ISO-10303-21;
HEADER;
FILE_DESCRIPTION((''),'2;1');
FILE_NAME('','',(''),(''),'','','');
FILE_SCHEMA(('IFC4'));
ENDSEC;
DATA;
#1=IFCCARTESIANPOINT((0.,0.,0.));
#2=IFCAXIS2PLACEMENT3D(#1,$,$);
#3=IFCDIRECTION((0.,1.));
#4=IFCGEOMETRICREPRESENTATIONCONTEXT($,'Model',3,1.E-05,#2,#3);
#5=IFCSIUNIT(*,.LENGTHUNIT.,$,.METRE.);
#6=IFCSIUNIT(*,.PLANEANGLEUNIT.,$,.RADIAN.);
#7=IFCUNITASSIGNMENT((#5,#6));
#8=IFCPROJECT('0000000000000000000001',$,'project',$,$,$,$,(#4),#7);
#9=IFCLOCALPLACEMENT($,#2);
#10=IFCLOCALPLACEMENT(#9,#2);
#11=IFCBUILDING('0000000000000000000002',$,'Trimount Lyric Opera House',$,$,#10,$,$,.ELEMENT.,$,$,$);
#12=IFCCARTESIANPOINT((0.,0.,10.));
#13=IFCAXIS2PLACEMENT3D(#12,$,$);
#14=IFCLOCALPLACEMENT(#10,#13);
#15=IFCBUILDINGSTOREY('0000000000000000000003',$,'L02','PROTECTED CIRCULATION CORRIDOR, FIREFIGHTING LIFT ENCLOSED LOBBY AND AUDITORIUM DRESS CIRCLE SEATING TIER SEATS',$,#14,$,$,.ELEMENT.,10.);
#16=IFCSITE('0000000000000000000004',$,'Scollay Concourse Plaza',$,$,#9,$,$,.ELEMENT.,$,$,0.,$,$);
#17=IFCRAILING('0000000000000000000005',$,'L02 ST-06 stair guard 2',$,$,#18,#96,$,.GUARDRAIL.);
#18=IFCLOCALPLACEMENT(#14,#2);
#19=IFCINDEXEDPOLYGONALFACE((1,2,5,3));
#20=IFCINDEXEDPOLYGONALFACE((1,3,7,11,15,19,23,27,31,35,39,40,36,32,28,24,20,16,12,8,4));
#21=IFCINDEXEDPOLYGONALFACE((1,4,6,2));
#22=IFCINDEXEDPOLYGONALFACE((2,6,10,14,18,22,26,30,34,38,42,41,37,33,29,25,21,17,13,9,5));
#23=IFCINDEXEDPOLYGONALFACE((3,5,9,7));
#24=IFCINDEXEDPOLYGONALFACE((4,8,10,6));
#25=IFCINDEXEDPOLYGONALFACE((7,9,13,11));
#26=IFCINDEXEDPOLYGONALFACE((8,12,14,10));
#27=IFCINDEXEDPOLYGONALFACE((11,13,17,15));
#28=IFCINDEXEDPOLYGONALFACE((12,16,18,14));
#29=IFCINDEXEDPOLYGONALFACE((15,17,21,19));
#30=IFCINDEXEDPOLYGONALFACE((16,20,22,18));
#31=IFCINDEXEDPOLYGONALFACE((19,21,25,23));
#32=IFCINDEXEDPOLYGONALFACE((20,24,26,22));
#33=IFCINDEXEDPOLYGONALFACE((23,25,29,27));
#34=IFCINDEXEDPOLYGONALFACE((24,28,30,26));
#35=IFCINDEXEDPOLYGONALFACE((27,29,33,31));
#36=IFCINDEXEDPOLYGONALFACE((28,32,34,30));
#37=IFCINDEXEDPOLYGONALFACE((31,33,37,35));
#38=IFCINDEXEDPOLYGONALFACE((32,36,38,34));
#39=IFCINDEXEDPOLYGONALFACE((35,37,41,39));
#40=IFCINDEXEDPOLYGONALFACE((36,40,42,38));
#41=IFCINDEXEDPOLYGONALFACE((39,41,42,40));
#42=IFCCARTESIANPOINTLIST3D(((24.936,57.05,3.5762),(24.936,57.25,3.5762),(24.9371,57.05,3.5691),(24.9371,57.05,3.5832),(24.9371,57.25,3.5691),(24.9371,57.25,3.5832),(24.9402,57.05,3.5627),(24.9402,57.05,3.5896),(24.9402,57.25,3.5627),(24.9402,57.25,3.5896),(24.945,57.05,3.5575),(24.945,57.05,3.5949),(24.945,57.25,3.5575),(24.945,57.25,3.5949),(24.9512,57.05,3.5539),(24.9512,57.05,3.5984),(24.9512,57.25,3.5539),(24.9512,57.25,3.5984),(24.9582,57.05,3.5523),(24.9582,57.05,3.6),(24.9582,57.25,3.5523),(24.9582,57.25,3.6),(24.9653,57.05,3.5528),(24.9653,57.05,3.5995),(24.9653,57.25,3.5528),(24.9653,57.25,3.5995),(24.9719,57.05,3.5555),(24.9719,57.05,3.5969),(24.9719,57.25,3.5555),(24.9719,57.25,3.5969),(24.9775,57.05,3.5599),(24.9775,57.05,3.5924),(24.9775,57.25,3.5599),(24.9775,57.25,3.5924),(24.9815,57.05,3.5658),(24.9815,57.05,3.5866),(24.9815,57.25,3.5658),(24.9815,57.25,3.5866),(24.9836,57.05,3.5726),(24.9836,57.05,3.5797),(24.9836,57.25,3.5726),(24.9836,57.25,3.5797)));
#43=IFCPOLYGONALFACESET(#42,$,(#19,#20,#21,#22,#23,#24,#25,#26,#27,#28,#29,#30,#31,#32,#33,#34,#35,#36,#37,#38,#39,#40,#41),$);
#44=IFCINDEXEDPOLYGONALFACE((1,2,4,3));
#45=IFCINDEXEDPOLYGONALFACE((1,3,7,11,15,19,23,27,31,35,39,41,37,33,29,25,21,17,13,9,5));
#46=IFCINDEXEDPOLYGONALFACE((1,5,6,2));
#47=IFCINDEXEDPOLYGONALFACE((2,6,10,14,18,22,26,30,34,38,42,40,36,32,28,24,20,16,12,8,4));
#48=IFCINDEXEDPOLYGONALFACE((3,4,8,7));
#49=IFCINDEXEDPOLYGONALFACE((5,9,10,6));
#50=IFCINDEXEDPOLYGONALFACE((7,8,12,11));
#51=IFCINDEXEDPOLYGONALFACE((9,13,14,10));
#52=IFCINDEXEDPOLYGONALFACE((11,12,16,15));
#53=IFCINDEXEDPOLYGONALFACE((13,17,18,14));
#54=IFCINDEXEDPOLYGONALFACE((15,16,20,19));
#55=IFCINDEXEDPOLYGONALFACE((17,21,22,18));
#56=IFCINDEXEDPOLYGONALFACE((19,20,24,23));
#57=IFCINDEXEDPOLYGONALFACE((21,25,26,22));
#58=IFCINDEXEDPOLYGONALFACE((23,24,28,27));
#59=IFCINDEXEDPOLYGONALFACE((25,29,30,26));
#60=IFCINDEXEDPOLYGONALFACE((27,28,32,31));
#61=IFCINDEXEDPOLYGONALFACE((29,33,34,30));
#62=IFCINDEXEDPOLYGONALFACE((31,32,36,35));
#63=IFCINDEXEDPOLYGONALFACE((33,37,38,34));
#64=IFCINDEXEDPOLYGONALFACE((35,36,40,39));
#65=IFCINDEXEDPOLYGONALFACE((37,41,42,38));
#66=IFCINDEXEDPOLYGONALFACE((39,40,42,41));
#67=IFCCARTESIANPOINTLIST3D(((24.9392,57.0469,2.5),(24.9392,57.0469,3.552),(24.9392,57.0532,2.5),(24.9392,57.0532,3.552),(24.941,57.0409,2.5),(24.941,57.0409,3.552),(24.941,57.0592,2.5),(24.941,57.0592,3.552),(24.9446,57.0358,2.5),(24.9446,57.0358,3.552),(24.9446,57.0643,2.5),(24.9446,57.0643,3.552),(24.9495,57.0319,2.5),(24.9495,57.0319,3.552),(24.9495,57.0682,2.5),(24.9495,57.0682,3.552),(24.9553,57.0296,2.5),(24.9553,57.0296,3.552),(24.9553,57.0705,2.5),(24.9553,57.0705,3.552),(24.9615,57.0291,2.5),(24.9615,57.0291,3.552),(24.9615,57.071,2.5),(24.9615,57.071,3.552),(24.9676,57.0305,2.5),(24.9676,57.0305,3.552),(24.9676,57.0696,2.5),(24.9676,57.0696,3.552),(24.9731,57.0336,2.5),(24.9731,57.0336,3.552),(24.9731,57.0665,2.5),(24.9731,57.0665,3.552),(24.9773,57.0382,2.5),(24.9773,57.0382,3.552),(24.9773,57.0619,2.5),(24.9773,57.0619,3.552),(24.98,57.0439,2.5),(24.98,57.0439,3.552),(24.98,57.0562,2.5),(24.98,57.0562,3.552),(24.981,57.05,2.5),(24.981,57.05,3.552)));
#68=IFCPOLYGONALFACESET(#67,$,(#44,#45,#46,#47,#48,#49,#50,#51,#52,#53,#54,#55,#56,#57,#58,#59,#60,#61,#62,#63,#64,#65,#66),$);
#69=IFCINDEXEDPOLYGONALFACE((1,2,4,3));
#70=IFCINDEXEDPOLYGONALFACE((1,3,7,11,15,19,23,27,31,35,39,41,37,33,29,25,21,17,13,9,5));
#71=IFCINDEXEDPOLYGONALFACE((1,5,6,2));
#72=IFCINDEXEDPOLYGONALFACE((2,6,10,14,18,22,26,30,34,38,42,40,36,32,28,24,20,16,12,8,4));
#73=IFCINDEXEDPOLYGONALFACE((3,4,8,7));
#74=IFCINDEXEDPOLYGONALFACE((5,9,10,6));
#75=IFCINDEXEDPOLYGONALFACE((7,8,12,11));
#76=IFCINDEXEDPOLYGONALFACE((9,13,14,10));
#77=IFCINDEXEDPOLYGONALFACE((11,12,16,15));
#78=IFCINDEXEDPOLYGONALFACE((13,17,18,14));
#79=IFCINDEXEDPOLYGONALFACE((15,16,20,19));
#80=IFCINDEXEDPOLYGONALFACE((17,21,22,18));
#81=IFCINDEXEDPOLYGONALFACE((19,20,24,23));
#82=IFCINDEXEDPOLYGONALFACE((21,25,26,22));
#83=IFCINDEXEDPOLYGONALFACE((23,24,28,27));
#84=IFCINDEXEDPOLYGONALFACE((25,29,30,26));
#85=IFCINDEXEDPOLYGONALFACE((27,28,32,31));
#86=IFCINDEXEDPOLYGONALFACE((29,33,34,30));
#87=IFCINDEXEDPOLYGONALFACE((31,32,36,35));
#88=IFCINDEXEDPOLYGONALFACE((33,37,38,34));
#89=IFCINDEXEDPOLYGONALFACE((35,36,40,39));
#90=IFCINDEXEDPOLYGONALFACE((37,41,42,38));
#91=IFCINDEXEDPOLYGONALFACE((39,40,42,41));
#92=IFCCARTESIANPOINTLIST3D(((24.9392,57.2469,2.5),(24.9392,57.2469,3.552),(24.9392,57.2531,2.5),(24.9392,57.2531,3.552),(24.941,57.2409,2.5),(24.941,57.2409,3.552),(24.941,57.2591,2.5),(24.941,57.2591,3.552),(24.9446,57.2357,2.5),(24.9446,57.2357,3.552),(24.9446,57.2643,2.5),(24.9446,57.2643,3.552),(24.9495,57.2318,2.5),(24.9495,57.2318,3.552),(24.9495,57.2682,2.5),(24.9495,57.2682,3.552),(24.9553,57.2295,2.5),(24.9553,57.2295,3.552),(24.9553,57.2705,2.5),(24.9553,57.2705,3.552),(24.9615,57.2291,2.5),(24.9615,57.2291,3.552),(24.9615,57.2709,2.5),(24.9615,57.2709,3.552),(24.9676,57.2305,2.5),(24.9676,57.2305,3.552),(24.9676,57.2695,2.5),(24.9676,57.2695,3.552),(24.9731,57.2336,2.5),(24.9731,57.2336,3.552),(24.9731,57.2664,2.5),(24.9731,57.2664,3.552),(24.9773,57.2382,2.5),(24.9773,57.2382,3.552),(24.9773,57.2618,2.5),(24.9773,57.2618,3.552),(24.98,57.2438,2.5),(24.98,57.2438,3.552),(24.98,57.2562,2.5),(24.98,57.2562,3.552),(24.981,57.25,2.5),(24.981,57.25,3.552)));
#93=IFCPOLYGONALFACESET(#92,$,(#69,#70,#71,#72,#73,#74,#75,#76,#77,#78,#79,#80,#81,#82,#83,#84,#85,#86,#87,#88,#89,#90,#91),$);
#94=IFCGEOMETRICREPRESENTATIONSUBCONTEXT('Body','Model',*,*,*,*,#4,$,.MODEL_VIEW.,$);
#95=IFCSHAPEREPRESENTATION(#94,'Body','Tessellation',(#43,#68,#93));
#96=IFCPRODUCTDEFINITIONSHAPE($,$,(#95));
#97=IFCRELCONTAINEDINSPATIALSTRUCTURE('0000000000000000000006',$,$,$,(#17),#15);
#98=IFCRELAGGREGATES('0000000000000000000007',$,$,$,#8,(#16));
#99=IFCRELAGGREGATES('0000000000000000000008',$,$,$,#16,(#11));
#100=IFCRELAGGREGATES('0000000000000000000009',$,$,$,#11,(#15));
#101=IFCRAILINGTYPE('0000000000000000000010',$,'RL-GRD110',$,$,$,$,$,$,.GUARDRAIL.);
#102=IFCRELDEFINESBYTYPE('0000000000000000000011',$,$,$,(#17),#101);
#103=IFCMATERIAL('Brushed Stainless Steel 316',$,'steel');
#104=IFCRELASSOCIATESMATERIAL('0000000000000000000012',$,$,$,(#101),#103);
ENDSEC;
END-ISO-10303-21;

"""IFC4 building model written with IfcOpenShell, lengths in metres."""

from ifc_helpers import new_model, si_unit, direction, frame, origin, origin_2d, place, context, subcontext, project, spatial, circle, extrude, material, type_object, element, save


model = new_model("IFC4")

# Units and contexts
model_context = context("Model", 3, precision=1e-05, world=origin(), true_north=direction((0.0, 1.0)))
body_context = subcontext(model_context, "Body", "Model", "MODEL_VIEW")
ifc_project = project(units=[si_unit("LENGTHUNIT", "METRE"), si_unit("PLANEANGLEUNIT", "RADIAN")], contexts=[model_context])

# Site, building, storey
site_placement = place(None, origin())
site = spatial("IfcSite", under=ifc_project, at=site_placement, Name="Scollay Concourse Plaza", CompositionType="ELEMENT", RefElevation=0.0)
building_placement = place(site_placement, origin())
building = spatial("IfcBuilding", under=site, at=building_placement, Name="Trimount Lyric Opera House", CompositionType="ELEMENT")
storey_placement = place(building_placement, frame((0.0, 0.0, 10.0)))
storey = spatial("IfcBuildingStorey", under=building, at=storey_placement, Name="L02", Description="PROTECTED CIRCULATION CORRIDOR, FIREFIGHTING LIFT ENCLOSED LOBBY AND AUDITORIUM DRESS CIRCLE SEATING TIER SEATS", CompositionType="ELEMENT", Elevation=10.0)

# Railing
ifc_material_1 = material(Name="Brushed Stainless Steel 316", Category="steel")
railing_type_1 = type_object("IfcRailingType", Name="RL-GRD110", PredefinedType="GUARDRAIL", material=ifc_material_1)
railing_1_placement = place(storey_placement, frame((24.96, 57.05, 2.5)))
element("IfcRailing", 1, at=railing_1_placement, inside=storey, type_object=railing_type_1, Name="L02 ST-06 stair guard 2", PredefinedType="GUARDRAIL", context=body_context, shape_type="SweptSolid", body=[
    extrude(circle(Radius=0.0239, at=origin_2d()), frame((0.0, 0.0, 1.0762), z_axis=(0.0, 1.0, 0.0), x_axis=(-1.0, 0.0, 0.0)), (0.0, 0.0, 1.0), 0.2),
    extrude(circle(Radius=0.021, at=origin_2d()), origin(), (0.0, 0.0, 1.0), 1.052),
    extrude(circle(Radius=0.021, at=origin_2d()), frame((0.0, 0.2, 0.0)), (0.0, 0.0, 1.0), 1.052),
])

save(model, "model.ifc")
